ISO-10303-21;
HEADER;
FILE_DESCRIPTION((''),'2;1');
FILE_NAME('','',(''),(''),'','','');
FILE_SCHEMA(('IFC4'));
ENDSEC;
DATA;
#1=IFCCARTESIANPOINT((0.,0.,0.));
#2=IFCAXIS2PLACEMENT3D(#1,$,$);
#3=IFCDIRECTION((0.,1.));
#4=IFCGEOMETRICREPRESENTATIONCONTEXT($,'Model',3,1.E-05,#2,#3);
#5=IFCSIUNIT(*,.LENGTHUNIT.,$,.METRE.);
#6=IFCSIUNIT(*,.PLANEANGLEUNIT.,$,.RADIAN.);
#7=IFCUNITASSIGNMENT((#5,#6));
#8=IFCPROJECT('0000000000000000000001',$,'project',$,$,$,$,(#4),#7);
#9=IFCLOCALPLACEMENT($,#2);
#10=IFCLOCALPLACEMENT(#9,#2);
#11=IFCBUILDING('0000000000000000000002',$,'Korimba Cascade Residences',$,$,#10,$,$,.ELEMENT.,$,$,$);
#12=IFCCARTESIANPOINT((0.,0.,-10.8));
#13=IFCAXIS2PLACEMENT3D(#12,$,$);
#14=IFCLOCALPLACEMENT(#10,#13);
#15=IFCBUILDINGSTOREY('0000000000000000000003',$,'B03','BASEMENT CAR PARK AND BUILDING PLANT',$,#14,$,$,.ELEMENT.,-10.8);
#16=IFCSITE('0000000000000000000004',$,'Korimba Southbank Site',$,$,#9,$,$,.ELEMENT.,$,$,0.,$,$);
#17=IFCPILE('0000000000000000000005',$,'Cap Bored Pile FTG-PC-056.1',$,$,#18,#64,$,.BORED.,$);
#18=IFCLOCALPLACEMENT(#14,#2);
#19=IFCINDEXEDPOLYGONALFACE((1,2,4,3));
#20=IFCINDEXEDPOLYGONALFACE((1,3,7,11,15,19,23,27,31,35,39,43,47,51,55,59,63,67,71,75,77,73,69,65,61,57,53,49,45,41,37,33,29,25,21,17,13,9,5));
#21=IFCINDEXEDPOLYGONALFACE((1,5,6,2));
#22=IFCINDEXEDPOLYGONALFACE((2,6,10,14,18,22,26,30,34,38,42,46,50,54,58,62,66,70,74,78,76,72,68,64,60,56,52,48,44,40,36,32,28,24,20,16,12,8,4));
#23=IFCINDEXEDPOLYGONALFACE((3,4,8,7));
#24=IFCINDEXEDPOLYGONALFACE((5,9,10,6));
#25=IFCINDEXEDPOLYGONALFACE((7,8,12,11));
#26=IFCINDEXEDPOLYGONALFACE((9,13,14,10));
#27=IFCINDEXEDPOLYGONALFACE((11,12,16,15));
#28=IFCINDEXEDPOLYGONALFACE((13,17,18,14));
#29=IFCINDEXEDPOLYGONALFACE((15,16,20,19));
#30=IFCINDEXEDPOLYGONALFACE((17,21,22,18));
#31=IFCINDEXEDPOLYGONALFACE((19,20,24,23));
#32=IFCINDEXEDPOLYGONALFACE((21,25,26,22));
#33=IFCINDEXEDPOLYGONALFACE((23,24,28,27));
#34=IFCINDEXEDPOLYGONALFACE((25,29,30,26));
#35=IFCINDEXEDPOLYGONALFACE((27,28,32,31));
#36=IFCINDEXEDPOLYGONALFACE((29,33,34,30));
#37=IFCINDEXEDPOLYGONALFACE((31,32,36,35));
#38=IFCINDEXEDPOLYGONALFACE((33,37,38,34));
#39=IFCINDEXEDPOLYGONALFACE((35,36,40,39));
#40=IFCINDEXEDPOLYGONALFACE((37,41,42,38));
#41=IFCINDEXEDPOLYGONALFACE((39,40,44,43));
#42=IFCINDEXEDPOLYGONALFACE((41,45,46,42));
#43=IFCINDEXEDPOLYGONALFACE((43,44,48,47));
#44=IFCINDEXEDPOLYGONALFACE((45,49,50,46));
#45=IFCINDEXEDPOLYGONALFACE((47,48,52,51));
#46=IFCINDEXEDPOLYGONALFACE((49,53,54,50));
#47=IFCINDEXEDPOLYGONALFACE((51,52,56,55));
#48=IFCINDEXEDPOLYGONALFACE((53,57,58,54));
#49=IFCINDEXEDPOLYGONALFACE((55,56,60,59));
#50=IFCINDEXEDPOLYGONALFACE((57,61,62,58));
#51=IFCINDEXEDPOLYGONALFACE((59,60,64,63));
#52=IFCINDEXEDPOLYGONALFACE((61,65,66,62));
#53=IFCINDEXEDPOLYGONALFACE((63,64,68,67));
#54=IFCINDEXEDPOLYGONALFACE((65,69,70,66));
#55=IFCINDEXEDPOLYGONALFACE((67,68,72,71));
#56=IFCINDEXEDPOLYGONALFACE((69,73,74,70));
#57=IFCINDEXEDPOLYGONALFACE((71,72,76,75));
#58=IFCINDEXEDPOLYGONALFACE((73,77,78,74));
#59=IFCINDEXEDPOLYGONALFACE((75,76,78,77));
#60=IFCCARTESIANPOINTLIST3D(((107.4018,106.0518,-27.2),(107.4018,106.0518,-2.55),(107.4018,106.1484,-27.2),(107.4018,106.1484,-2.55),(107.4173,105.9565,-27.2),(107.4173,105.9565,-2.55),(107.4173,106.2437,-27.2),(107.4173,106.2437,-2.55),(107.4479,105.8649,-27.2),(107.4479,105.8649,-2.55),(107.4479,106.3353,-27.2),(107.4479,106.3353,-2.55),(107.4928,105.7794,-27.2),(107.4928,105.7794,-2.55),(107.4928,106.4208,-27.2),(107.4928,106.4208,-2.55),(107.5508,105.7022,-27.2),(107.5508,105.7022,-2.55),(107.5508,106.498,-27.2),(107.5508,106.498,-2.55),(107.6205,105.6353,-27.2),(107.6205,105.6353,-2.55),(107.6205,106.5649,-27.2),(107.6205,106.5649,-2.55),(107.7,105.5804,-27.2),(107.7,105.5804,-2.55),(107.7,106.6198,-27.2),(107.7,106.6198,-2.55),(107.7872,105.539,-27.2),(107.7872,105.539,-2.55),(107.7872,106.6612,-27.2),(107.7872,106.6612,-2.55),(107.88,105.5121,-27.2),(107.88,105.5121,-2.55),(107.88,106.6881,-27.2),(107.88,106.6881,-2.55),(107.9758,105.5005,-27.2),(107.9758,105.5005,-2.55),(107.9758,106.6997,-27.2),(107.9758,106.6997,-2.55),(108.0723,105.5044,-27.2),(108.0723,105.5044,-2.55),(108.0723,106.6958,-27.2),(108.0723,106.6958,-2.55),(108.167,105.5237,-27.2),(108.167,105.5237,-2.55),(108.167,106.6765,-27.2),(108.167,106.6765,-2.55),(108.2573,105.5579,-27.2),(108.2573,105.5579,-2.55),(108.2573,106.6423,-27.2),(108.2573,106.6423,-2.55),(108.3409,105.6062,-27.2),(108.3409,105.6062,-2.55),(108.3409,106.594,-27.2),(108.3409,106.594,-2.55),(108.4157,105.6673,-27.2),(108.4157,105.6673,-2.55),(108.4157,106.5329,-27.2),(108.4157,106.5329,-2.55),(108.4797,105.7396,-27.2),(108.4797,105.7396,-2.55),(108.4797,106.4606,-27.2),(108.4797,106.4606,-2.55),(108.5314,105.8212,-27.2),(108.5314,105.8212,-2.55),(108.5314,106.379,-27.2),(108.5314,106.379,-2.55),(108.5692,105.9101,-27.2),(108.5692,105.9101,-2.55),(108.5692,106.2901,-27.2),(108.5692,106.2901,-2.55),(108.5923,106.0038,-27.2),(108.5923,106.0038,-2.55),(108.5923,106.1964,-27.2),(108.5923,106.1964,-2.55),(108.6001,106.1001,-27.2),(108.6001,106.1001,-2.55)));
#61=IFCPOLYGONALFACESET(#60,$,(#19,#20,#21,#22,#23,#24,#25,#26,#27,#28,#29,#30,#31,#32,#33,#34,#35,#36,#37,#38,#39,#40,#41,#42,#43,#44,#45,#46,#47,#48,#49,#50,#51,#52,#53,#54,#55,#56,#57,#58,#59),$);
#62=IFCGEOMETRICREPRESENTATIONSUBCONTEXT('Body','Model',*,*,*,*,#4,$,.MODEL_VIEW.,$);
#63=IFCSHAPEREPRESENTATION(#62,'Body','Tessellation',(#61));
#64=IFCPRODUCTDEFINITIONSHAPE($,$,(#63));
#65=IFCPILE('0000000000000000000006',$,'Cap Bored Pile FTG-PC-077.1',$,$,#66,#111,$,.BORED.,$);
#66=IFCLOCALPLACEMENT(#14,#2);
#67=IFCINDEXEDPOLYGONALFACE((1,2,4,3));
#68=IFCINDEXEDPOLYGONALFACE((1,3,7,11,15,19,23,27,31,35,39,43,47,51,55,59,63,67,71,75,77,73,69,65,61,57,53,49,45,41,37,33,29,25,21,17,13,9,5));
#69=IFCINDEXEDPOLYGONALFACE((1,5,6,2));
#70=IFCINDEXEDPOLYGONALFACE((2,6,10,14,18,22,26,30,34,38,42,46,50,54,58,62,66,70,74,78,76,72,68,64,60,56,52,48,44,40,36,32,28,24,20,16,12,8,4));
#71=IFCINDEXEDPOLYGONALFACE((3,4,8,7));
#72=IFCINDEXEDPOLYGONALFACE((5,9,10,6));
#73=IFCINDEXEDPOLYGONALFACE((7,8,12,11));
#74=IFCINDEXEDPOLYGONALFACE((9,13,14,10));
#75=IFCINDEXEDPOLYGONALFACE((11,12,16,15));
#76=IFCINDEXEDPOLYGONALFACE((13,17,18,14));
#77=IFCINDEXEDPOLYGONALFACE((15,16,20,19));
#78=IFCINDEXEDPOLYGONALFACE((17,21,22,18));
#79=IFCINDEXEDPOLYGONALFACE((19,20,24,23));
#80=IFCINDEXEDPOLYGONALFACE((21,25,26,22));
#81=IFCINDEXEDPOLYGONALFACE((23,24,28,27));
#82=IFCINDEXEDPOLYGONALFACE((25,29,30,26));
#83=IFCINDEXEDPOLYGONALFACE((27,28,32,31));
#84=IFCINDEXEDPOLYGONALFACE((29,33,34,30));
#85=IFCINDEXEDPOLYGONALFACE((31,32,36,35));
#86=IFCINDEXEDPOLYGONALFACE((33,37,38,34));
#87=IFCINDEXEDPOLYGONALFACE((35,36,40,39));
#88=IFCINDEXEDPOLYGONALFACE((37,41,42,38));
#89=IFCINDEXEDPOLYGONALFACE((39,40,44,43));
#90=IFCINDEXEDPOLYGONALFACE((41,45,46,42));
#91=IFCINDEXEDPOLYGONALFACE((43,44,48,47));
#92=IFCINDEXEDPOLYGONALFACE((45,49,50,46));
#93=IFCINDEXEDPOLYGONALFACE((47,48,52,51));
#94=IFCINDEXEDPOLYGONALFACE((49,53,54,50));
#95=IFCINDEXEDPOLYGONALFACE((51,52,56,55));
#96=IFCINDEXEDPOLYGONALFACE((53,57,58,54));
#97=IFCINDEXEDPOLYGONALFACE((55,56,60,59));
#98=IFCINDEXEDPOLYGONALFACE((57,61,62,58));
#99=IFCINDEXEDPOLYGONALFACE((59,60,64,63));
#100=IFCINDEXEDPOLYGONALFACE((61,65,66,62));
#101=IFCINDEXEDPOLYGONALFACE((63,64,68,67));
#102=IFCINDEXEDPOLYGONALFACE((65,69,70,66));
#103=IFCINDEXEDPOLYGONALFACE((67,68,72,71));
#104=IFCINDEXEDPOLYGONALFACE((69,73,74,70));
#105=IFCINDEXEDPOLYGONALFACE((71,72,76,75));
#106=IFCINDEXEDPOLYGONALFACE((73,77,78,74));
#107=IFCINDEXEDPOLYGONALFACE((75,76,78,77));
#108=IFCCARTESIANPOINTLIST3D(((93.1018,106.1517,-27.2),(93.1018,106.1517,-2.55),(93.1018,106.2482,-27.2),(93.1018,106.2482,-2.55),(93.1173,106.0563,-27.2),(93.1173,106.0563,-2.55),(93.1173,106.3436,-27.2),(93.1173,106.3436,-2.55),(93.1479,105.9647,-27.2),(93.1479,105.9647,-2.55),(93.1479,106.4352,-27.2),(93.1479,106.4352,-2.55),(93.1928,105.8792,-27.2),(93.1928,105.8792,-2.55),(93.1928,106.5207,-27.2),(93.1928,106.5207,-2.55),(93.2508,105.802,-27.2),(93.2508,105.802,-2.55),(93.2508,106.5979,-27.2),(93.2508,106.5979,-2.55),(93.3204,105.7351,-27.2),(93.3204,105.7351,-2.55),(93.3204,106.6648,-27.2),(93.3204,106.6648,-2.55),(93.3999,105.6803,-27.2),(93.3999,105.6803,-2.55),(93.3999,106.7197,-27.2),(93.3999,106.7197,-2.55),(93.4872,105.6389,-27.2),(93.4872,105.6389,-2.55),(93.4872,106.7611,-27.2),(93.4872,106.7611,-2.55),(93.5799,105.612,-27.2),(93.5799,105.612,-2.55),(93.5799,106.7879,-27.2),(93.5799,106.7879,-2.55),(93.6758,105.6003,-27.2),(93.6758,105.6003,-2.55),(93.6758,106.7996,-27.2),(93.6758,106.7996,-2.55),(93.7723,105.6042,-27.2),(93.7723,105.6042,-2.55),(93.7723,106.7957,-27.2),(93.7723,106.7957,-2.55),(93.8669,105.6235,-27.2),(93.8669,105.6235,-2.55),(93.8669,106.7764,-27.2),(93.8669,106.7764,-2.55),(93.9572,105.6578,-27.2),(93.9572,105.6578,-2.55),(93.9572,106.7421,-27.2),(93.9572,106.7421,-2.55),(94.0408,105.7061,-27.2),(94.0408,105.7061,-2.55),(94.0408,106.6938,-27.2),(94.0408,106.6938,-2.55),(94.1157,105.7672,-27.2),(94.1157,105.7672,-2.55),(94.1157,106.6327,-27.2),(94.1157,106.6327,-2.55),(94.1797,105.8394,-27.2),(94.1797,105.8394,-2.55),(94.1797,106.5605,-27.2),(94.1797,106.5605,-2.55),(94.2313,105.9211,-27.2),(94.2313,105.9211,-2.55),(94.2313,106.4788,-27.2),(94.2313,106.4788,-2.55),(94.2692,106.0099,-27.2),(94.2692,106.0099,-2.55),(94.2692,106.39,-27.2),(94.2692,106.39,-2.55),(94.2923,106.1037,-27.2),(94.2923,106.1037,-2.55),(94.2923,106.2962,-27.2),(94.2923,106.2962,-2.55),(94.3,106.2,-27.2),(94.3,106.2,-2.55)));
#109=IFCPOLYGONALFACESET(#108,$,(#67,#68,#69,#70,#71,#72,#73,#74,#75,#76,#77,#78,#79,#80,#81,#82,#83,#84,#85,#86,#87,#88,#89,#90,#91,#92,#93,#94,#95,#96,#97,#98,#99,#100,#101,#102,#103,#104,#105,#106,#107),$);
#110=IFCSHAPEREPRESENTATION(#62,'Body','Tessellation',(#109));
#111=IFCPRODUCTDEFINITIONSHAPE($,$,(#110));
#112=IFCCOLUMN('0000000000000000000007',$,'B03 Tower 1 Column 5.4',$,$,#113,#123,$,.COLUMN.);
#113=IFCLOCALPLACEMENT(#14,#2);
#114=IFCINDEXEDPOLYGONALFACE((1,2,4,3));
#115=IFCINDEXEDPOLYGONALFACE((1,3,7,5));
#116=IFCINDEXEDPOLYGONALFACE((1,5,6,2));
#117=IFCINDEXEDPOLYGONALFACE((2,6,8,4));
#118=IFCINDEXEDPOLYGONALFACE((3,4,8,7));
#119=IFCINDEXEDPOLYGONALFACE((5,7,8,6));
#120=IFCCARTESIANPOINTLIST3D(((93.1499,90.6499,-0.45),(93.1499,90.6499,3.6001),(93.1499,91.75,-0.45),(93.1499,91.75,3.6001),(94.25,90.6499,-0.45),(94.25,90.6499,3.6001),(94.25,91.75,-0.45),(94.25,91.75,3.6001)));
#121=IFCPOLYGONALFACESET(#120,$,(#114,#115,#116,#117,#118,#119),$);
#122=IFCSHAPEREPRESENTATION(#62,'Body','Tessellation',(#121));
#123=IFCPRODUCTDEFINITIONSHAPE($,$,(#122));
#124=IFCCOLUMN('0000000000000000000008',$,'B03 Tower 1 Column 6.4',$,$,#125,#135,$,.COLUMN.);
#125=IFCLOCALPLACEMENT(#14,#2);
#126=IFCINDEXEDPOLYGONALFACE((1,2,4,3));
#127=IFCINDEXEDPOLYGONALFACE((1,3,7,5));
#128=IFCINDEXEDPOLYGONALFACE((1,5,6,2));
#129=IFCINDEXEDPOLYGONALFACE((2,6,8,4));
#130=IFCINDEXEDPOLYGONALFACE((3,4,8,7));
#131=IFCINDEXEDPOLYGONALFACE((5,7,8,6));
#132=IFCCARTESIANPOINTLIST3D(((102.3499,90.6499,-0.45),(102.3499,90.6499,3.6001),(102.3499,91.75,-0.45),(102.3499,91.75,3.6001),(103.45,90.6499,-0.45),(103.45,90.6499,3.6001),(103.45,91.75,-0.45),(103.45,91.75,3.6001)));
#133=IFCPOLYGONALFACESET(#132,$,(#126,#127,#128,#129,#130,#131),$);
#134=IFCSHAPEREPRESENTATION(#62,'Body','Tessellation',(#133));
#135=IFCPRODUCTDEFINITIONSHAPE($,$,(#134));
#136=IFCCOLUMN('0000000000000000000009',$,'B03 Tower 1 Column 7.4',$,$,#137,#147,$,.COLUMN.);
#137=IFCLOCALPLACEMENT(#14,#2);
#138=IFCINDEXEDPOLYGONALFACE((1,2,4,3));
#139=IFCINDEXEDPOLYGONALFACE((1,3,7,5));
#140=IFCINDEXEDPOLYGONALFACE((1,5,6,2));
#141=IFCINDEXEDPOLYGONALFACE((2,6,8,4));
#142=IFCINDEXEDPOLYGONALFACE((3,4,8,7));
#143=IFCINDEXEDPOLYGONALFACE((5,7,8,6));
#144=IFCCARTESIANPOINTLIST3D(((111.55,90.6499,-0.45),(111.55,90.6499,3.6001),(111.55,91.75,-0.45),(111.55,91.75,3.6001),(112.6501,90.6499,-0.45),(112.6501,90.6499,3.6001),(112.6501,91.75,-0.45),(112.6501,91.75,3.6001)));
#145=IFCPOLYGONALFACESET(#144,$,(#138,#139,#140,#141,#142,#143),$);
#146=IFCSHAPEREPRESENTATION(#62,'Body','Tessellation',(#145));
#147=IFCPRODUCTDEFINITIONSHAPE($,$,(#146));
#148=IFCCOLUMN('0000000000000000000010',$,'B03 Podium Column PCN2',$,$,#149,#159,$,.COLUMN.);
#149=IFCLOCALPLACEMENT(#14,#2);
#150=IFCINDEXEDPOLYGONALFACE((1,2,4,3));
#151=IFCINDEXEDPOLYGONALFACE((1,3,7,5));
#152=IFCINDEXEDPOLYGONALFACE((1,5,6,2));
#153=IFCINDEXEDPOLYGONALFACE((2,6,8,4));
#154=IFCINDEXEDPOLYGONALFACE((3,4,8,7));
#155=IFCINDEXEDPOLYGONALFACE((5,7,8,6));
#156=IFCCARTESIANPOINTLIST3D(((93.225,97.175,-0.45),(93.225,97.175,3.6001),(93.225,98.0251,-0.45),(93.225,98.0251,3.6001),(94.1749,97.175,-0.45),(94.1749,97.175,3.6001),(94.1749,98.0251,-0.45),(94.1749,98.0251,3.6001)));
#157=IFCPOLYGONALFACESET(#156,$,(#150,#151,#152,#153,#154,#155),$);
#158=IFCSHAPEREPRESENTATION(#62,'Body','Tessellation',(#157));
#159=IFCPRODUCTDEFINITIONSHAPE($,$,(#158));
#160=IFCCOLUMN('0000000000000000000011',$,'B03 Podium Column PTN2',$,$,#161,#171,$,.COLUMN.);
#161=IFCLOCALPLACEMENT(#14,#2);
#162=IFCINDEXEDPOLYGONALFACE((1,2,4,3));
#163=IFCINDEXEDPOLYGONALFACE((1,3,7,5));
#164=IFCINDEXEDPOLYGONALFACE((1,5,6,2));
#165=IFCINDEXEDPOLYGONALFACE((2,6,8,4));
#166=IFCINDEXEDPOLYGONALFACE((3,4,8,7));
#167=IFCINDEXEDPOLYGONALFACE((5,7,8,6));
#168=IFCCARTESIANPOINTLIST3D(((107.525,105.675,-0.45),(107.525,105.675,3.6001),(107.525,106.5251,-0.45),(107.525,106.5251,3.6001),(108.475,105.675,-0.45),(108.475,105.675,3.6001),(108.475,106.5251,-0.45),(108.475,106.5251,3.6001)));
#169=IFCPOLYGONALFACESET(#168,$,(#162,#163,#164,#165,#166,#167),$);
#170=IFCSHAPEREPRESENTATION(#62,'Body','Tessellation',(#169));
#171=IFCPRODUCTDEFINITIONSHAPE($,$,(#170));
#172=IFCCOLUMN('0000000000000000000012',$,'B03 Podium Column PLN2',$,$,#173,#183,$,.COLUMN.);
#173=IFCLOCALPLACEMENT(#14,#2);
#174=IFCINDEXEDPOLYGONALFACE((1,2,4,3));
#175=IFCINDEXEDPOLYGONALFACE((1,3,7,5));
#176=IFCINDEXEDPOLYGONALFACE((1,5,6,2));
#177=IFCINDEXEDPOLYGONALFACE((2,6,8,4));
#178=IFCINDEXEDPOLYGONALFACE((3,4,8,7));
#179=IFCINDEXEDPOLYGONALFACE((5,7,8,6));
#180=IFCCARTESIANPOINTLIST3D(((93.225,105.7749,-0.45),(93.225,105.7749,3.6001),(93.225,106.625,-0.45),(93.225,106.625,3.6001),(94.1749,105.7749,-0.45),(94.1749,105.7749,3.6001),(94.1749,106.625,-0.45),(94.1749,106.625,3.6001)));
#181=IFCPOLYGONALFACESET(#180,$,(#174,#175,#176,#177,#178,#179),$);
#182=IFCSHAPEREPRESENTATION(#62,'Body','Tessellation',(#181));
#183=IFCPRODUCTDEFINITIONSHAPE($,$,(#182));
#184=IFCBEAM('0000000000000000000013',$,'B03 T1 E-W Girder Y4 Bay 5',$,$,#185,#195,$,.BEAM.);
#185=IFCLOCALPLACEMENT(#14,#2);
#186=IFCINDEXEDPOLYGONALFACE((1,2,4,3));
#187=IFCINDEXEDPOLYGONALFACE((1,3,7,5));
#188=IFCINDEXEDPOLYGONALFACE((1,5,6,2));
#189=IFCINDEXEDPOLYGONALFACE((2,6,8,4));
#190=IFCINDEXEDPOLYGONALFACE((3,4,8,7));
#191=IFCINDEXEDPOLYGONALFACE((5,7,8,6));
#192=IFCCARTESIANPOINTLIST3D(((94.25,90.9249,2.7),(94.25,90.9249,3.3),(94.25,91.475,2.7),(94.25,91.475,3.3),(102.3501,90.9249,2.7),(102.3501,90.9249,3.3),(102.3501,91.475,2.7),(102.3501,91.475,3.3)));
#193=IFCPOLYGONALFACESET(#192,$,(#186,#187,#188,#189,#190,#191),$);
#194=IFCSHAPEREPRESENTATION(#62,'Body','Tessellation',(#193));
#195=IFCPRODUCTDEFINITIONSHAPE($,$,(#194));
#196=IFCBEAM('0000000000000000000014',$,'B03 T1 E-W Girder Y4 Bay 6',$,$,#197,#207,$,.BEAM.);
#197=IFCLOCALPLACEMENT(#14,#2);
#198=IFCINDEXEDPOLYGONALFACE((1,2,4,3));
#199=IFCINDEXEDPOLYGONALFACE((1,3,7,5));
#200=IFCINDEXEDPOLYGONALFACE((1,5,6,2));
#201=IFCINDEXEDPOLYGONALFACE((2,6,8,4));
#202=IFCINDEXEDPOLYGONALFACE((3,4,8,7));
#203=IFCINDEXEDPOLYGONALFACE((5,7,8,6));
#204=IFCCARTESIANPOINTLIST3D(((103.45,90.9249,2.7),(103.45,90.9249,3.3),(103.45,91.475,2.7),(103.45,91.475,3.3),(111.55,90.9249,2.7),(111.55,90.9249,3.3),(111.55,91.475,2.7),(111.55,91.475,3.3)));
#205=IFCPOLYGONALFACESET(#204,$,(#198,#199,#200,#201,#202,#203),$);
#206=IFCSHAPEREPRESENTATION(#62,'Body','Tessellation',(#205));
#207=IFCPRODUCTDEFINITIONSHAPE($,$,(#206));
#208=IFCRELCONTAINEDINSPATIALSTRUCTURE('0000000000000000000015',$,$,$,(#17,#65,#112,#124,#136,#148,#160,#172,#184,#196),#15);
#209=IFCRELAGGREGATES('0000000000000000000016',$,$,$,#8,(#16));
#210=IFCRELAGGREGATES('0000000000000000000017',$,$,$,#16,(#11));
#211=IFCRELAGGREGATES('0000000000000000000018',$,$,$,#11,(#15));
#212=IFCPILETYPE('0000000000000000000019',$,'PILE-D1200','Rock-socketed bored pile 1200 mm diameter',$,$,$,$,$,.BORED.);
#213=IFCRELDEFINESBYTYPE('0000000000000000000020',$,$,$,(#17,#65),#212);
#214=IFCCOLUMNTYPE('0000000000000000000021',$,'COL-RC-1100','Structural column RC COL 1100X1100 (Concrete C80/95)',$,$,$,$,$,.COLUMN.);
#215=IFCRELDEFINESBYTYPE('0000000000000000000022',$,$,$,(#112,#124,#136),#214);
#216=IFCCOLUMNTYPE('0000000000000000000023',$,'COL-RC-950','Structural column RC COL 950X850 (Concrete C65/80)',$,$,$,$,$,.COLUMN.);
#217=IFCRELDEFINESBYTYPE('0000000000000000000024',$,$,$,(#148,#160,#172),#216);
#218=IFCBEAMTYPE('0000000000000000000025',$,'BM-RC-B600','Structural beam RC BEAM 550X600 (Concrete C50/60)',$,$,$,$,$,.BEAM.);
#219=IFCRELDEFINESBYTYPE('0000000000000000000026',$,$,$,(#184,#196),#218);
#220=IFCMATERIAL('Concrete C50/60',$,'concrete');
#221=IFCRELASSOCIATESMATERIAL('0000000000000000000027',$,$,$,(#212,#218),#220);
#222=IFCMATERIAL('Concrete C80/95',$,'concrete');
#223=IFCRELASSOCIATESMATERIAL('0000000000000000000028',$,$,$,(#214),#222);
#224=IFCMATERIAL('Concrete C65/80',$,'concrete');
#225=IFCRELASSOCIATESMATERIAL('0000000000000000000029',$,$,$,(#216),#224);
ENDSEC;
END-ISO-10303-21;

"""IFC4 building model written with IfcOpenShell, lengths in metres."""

from ifc_helpers import new_model, si_unit, direction, frame, origin, origin_2d, place, context, subcontext, project, spatial, rectangle, circle, extrude, material, material_profile, profile_set, type_object, element, save


model = new_model("IFC4")

# Units and contexts
model_context = context("Model", 3, precision=1e-05, world=origin(), true_north=direction((0.0, 1.0)))
body_context = subcontext(model_context, "Body", "Model", "MODEL_VIEW")
ifc_project = project(units=[si_unit("LENGTHUNIT", "METRE"), si_unit("PLANEANGLEUNIT", "RADIAN")], contexts=[model_context])

# Site, building, storey
site_placement = place(None, origin())
site = spatial("IfcSite", under=ifc_project, at=site_placement, Name="Korimba Southbank Site", CompositionType="ELEMENT", RefElevation=0.0)
building_placement = place(site_placement, origin())
building = spatial("IfcBuilding", under=site, at=building_placement, Name="Korimba Cascade Residences", CompositionType="ELEMENT")
storey_placement = place(building_placement, frame((0.0, 0.0, -10.8)))
storey = spatial("IfcBuildingStorey", under=building, at=storey_placement, Name="B03", Description="BASEMENT CAR PARK AND BUILDING PLANT", CompositionType="ELEMENT", Elevation=-10.8)

# Piles
ifc_material_1 = material(Name="Concrete C50/60", Category="concrete")
ifc_material_profile_1 = material_profile(ifc_material_1, circle(Radius=0.6001, at=origin_2d()), Name="Concrete C50/60")
ifc_profile_set_1 = profile_set([ifc_material_profile_1], Name="Concrete C50/60")
pile_type = type_object("IfcPileType", Name="PILE-D1200", Description="Rock-socketed bored pile 1200 mm diameter", PredefinedType="BORED", material=ifc_profile_set_1)
for number, where, z_axis, x_axis, name in (
    (1, (108.0, 106.1001, -2.55), (0.0, 0.0, -1.0), (1.0, 0.0, 0.0), "Cap Bored Pile FTG-PC-056.1"),
    (2, (93.7, 106.2, -2.55), (0.0, 0.0, -1.0), (1.0, 0.0, 0.0), "Cap Bored Pile FTG-PC-077.1"),
):
    element("IfcPile", number, at=place(storey_placement, frame(where, z_axis=z_axis, x_axis=x_axis)), inside=storey, type_object=pile_type, Name=name, PredefinedType="BORED", context=body_context, shape_type="SweptSolid", body=[
        extrude(circle(Radius=0.6001, at=origin_2d()), origin(), (0.0, 0.0, 1.0), 24.6499),
    ])

# Columns
ifc_material_2 = material(Name="Concrete C80/95", Category="concrete")
ifc_material_profile_2 = material_profile(ifc_material_2, rectangle(XDim=1.1001, YDim=1.1001, at=origin_2d()), Name="Concrete C80/95")
ifc_profile_set_2 = profile_set([ifc_material_profile_2], Name="Concrete C80/95")
column_type_1 = type_object("IfcColumnType", Name="COL-RC-1100", Description="Structural column RC COL 1100X1100 (Concrete C80/95)", PredefinedType="COLUMN", material=ifc_profile_set_2)
for number, where, z_axis, x_axis, name in (
    (3, (93.7, 91.2, -0.45), (0.0, 0.0, 1.0), (1.0, 0.0, 0.0), "B03 Tower 1 Column 5.4"),
    (4, (102.8999, 91.2, -0.45), (0.0, 0.0, 1.0), (1.0, 0.0, 0.0), "B03 Tower 1 Column 6.4"),
    (5, (112.1001, 91.2, -0.45), (0.0, 0.0, 1.0), (1.0, 0.0, 0.0), "B03 Tower 1 Column 7.4"),
):
    element("IfcColumn", number, at=place(storey_placement, frame(where, z_axis=z_axis, x_axis=x_axis)), inside=storey, type_object=column_type_1, Name=name, PredefinedType="COLUMN", context=body_context, shape_type="SweptSolid", body=[
        extrude(rectangle(XDim=1.1001, YDim=1.1001, at=origin_2d()), origin(), (0.0, 0.0, 1.0), 4.05),
    ])
ifc_material_3 = material(Name="Concrete C65/80", Category="concrete")
ifc_material_profile_3 = material_profile(ifc_material_3, rectangle(XDim=0.95, YDim=0.8501, at=origin_2d()), Name="Concrete C65/80")
ifc_profile_set_3 = profile_set([ifc_material_profile_3], Name="Concrete C65/80")
column_type_2 = type_object("IfcColumnType", Name="COL-RC-950", Description="Structural column RC COL 950X850 (Concrete C65/80)", PredefinedType="COLUMN", material=ifc_profile_set_3)
for number, where, z_axis, x_axis, name in (
    (6, (93.7, 97.6001, -0.45), (0.0, 0.0, 1.0), (1.0, 0.0, 0.0), "B03 Podium Column PCN2"),
    (7, (108.0, 106.1001, -0.45), (0.0, 0.0, 1.0), (1.0, 0.0, 0.0), "B03 Podium Column PTN2"),
    (8, (93.7, 106.2, -0.45), (0.0, 0.0, 1.0), (1.0, 0.0, 0.0), "B03 Podium Column PLN2"),
):
    element("IfcColumn", number, at=place(storey_placement, frame(where, z_axis=z_axis, x_axis=x_axis)), inside=storey, type_object=column_type_2, Name=name, PredefinedType="COLUMN", context=body_context, shape_type="SweptSolid", body=[
        extrude(rectangle(XDim=0.95, YDim=0.8501, at=origin_2d()), origin(), (0.0, 0.0, 1.0), 4.05),
    ])

# Beams
ifc_material_profile_4 = material_profile(ifc_material_1, rectangle(XDim=0.55, YDim=0.6001, at=origin_2d()), Name="Concrete C50/60")
ifc_profile_set_4 = profile_set([ifc_material_profile_4], Name="Concrete C50/60")
beam_type_1 = type_object("IfcBeamType", Name="BM-RC-B600", Description="Structural beam RC BEAM 550X600 (Concrete C50/60)", PredefinedType="BEAM", material=ifc_profile_set_4)
for number, where, z_axis, x_axis, name in (
    (9, (94.25, 91.2, 3.0), (1.0, 0.0, 0.0), (0.0, 1.0, 0.0), "B03 T1 E-W Girder Y4 Bay 5"),
    (10, (103.45, 91.2, 3.0), (1.0, 0.0, 0.0), (0.0, 1.0, 0.0), "B03 T1 E-W Girder Y4 Bay 6"),
):
    element("IfcBeam", number, at=place(storey_placement, frame(where, z_axis=z_axis, x_axis=x_axis)), inside=storey, type_object=beam_type_1, Name=name, PredefinedType="BEAM", context=body_context, shape_type="SweptSolid", body=[
        extrude(rectangle(XDim=0.55, YDim=0.6001, at=origin_2d()), origin(), (0.0, 0.0, 1.0), 8.1001),
    ])

save(model, "model.ifc")
